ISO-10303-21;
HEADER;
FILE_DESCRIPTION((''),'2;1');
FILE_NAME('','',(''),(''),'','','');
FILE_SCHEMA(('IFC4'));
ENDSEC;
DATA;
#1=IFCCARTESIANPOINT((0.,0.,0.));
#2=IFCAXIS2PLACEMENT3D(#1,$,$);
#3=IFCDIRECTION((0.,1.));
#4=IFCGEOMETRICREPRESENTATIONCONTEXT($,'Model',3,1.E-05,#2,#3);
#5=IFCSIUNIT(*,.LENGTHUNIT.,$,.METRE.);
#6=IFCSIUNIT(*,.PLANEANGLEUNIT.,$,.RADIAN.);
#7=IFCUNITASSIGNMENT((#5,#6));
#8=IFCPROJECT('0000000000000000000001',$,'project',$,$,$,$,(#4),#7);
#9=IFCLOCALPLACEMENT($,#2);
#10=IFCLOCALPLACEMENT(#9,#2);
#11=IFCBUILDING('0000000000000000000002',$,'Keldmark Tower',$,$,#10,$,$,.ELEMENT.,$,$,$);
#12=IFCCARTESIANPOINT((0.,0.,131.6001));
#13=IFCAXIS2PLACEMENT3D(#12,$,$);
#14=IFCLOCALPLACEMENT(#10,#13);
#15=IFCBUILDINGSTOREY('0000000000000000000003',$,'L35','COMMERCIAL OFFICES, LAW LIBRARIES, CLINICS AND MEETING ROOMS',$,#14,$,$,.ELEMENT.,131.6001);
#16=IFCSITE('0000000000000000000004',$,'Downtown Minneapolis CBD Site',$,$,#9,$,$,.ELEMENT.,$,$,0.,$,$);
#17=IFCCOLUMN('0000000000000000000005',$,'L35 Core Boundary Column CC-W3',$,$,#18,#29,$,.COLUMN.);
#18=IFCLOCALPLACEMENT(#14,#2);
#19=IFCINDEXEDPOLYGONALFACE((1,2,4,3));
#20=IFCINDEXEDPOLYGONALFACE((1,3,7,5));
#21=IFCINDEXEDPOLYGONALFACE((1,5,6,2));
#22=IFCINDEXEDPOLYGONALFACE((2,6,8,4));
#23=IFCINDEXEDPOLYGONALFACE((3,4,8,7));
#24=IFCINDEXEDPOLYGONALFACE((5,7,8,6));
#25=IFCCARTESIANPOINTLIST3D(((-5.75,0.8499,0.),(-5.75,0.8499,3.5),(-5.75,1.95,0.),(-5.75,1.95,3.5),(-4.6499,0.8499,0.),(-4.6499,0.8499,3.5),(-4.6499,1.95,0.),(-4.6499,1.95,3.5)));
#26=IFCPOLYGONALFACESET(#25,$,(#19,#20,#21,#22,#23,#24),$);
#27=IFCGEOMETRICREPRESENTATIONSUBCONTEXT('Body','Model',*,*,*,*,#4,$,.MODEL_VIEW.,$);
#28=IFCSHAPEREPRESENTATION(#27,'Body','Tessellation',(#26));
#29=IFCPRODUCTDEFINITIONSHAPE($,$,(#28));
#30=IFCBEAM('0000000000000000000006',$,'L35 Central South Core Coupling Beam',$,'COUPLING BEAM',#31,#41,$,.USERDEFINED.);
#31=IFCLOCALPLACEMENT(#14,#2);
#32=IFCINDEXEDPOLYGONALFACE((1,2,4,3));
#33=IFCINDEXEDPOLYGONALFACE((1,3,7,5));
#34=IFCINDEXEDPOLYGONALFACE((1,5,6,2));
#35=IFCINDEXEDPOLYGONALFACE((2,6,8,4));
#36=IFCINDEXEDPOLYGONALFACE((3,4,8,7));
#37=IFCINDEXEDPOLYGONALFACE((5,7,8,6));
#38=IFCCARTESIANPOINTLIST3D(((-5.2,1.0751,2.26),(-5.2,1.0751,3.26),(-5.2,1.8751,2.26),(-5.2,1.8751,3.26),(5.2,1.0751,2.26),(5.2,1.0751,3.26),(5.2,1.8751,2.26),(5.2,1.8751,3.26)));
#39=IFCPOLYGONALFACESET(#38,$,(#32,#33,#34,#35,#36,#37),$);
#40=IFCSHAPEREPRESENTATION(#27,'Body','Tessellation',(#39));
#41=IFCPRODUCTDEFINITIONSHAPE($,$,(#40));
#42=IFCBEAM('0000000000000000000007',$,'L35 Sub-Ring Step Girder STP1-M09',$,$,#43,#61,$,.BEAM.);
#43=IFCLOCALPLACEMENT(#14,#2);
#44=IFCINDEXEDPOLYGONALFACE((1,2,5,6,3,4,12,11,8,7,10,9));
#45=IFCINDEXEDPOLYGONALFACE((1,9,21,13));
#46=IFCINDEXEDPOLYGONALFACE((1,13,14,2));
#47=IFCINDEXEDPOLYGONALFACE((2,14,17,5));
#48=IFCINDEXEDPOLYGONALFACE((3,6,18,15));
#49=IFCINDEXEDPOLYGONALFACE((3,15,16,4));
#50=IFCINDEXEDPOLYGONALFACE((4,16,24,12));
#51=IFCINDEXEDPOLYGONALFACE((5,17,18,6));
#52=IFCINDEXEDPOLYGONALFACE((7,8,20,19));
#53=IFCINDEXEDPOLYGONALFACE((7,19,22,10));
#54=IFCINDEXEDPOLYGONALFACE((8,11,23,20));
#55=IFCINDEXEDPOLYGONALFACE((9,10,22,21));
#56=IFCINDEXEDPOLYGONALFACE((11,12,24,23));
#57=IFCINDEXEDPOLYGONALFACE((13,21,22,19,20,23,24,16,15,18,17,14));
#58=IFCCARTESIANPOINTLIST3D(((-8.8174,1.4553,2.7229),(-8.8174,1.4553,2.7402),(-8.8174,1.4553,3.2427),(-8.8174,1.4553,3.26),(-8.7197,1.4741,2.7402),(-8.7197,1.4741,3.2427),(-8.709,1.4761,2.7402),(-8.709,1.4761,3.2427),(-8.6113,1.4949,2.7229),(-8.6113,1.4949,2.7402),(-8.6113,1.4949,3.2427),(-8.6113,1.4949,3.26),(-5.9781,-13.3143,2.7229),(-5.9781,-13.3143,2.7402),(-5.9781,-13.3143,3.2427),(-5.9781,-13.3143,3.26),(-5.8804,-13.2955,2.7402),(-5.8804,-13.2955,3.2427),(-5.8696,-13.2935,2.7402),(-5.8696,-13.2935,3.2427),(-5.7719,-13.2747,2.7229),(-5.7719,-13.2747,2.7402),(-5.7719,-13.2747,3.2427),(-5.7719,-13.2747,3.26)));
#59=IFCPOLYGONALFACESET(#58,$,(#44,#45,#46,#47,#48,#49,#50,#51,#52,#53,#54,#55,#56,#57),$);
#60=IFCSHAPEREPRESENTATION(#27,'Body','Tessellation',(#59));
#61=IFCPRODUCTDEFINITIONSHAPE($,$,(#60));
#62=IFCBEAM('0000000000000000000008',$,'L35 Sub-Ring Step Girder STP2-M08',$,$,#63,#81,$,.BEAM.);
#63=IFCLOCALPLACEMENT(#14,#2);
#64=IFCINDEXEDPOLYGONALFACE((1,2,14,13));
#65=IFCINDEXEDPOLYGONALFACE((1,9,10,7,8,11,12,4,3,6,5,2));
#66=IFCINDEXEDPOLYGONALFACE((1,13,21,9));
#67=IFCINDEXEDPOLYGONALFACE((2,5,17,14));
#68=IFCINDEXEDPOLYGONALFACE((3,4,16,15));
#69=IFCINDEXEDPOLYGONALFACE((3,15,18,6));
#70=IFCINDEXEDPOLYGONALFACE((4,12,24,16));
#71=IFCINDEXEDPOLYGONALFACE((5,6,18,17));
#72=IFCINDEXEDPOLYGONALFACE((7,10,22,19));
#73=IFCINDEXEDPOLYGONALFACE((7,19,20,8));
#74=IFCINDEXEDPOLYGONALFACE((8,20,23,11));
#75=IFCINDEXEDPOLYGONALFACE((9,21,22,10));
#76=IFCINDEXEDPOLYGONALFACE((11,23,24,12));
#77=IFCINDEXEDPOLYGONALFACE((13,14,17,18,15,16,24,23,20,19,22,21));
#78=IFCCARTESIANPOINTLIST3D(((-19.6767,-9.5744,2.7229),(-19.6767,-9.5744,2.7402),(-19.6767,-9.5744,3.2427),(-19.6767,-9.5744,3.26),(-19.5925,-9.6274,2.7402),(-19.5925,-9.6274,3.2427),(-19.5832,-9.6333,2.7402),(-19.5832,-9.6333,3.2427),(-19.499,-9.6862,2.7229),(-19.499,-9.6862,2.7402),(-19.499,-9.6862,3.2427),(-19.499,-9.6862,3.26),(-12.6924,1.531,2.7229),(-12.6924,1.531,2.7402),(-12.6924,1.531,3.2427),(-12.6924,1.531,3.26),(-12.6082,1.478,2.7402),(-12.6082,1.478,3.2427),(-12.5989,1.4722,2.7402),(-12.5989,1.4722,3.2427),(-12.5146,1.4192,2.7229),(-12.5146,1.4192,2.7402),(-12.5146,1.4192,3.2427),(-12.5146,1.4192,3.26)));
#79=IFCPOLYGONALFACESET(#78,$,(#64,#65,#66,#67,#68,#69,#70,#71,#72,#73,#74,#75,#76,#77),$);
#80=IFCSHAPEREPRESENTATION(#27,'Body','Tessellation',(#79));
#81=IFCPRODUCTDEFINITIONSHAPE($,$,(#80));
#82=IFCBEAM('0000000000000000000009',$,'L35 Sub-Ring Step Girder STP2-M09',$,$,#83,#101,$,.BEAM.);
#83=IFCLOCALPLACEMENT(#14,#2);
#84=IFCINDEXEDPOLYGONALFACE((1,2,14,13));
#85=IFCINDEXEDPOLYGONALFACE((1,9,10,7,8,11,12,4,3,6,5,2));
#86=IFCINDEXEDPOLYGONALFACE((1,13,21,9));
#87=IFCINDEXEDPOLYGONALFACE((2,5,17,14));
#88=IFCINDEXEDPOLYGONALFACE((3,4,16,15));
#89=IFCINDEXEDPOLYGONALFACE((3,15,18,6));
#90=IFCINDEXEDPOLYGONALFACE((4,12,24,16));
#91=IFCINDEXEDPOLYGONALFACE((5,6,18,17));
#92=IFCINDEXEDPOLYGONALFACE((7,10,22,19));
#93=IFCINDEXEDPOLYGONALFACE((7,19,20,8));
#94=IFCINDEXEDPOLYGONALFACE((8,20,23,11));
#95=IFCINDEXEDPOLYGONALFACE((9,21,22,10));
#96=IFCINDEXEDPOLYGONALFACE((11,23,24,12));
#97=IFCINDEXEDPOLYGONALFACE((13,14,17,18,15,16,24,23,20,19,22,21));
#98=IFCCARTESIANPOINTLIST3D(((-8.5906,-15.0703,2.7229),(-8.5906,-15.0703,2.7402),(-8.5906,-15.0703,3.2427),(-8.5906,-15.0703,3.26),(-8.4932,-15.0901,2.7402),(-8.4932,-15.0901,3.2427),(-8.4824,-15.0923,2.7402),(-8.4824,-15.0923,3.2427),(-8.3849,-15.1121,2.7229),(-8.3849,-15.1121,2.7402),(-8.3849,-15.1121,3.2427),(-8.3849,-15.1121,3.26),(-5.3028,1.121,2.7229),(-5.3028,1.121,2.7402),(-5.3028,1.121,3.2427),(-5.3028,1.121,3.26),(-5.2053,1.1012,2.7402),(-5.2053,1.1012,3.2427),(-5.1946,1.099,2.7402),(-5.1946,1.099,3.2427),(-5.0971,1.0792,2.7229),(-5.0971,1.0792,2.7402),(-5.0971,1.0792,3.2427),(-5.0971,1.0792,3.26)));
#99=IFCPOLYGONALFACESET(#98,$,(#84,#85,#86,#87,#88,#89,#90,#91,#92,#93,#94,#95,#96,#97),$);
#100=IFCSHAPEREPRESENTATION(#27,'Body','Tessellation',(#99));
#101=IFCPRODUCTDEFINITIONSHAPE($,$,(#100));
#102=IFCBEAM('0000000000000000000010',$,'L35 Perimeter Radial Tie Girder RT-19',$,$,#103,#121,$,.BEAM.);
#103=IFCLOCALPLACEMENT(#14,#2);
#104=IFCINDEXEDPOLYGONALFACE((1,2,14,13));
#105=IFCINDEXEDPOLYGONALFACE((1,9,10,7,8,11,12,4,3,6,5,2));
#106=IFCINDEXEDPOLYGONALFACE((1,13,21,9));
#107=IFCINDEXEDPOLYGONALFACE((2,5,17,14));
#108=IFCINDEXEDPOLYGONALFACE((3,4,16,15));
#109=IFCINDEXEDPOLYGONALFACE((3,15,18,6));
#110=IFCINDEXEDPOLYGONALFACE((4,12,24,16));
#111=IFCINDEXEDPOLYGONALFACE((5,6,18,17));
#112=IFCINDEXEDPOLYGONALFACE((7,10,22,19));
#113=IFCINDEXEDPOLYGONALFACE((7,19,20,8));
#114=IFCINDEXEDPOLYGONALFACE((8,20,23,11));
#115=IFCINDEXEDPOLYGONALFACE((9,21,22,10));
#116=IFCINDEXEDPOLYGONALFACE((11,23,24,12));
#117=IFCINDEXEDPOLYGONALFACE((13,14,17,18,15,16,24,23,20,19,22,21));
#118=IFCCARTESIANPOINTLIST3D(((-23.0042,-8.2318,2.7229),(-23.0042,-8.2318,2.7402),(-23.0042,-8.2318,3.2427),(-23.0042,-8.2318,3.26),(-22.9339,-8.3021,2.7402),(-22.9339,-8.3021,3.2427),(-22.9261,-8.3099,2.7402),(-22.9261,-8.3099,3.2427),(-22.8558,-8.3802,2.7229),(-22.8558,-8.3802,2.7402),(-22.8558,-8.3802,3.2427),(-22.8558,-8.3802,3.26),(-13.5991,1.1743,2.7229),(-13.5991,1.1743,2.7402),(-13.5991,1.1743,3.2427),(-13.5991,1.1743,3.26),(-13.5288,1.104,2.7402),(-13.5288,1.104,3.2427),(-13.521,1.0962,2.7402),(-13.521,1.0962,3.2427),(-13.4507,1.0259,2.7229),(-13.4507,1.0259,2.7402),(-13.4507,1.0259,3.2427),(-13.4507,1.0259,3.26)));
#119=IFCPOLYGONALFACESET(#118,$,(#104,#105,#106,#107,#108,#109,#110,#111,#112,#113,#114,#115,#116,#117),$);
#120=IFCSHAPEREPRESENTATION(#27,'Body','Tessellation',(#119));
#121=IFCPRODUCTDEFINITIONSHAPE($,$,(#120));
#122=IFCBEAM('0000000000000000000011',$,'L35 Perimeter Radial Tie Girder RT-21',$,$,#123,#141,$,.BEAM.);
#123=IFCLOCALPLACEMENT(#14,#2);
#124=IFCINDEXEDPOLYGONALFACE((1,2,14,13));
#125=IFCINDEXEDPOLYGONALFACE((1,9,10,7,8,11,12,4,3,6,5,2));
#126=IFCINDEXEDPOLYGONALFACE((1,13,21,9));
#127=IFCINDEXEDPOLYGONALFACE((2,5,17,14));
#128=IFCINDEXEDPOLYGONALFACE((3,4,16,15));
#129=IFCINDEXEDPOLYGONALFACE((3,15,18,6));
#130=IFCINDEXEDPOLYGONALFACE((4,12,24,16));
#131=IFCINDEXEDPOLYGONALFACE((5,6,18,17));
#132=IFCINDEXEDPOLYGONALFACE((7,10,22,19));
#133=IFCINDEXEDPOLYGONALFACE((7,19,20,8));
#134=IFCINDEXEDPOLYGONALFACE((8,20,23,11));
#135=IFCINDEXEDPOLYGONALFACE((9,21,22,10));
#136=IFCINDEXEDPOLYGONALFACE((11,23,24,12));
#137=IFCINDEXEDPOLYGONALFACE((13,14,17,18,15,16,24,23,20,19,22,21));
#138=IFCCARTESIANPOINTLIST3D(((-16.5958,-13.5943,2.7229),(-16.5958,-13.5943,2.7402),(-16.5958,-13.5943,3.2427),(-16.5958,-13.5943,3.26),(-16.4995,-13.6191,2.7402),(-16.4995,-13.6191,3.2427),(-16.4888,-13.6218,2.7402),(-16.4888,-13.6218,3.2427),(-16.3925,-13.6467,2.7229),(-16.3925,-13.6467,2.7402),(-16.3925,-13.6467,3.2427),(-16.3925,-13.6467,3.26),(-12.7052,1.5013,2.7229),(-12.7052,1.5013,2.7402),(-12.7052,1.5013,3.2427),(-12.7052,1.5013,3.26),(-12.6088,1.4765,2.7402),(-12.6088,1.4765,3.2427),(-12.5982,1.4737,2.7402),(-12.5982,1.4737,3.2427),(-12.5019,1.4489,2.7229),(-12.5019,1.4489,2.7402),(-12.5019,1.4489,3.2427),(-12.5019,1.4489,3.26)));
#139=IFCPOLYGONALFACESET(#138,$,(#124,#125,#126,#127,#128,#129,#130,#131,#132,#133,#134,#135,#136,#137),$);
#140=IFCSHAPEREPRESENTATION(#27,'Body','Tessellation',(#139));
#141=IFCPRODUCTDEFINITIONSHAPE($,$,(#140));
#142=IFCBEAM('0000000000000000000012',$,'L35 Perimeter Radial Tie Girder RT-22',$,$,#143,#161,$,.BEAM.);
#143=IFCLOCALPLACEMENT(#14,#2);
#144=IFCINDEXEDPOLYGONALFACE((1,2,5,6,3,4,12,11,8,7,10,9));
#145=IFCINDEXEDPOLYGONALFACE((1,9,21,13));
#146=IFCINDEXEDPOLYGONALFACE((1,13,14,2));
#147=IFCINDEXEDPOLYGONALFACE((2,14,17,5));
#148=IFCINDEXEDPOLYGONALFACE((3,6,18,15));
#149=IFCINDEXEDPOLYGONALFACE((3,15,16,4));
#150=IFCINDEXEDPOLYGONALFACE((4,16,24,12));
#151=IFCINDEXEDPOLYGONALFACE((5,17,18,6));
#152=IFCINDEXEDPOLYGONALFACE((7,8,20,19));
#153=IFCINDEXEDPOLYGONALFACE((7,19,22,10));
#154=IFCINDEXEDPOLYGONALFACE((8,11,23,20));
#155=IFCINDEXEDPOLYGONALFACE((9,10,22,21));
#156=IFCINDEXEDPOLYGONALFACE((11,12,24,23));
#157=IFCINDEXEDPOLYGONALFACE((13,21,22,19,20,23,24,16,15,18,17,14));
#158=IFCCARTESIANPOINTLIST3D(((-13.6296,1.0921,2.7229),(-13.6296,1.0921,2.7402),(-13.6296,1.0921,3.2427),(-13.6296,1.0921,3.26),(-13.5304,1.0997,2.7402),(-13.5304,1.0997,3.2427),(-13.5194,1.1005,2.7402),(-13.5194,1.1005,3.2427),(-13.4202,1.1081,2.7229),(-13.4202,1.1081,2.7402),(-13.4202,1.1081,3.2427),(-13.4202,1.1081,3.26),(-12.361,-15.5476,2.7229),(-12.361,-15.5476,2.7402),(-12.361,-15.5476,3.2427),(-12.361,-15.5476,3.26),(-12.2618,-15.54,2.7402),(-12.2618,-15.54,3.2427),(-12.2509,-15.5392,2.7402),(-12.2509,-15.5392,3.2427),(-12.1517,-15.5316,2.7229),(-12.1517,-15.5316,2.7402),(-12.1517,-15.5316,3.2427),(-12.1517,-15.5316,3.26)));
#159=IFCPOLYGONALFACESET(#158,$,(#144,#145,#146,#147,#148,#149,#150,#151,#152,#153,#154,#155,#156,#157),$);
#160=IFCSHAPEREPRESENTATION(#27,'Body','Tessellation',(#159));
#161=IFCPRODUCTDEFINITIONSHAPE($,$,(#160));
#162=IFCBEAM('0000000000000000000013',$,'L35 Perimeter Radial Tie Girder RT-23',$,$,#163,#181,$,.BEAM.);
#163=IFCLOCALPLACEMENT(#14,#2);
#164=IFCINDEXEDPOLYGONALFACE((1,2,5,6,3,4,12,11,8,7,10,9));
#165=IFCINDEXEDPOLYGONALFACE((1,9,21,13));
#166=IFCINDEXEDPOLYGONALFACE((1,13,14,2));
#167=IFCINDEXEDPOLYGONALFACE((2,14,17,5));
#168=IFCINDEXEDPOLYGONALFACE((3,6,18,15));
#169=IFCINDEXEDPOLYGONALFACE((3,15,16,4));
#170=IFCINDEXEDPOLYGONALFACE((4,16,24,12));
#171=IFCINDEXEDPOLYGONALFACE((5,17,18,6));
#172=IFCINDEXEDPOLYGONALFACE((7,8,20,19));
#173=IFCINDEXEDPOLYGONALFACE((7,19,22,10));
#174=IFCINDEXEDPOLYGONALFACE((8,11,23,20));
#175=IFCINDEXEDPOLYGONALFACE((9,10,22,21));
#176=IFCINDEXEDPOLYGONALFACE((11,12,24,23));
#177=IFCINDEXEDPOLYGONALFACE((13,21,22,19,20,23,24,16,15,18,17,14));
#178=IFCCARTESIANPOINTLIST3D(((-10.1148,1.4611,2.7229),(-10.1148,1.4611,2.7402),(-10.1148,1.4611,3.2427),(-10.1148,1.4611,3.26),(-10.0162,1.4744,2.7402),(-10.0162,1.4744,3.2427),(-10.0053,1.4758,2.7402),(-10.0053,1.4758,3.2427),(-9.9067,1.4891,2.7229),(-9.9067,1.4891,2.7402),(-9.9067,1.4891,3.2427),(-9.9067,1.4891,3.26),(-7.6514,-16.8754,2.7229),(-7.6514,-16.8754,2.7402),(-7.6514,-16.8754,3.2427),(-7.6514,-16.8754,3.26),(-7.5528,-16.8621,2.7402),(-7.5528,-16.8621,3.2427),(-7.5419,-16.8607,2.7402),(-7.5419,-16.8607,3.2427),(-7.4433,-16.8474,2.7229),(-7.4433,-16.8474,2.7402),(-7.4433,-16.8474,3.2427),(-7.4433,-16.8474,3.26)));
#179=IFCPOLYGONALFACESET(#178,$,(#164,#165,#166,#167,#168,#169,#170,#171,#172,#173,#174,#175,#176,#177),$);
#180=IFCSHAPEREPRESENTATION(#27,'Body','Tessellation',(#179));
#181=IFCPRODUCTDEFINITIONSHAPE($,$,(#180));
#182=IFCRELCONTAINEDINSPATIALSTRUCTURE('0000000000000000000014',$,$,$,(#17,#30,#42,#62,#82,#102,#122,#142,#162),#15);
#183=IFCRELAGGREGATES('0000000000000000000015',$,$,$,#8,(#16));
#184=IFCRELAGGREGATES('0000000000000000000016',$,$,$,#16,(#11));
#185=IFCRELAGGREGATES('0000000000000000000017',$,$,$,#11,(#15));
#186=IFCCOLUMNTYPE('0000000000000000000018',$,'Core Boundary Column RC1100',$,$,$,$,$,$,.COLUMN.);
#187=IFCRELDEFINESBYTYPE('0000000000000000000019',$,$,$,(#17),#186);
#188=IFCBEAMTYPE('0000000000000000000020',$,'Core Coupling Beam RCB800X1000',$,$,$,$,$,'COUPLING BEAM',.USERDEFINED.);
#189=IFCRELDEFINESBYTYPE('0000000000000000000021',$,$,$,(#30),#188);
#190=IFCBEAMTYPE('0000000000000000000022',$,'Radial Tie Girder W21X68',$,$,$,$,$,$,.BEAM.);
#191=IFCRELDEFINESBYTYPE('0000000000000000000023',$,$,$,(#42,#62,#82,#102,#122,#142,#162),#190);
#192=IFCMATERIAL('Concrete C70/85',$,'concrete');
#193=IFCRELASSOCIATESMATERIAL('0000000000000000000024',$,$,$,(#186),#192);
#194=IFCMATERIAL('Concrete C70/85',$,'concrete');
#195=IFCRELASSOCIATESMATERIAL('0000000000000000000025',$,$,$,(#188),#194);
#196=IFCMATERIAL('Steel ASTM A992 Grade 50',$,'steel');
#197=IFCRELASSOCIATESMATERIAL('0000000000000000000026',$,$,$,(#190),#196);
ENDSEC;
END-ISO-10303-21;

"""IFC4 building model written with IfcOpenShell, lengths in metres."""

from ifc_helpers import new_model, si_unit, direction, frame, origin, origin_2d, place, context, subcontext, project, spatial, rectangle, i_section, extrude, material, material_profile, profile_set, type_object, element, save


model = new_model("IFC4")

# Units and contexts
model_context = context("Model", 3, precision=1e-05, world=origin(), true_north=direction((0.0, 1.0)))
body_context = subcontext(model_context, "Body", "Model", "MODEL_VIEW")
ifc_project = project(units=[si_unit("LENGTHUNIT", "METRE"), si_unit("PLANEANGLEUNIT", "RADIAN")], contexts=[model_context])

# Site, building, storey
site_placement = place(None, origin())
site = spatial("IfcSite", under=ifc_project, at=site_placement, Name="Downtown Minneapolis CBD Site", CompositionType="ELEMENT", RefElevation=0.0)
building_placement = place(site_placement, origin())
building = spatial("IfcBuilding", under=site, at=building_placement, Name="Keldmark Tower", CompositionType="ELEMENT")
storey_placement = place(building_placement, frame((0.0, 0.0, 131.6001)))
storey = spatial("IfcBuildingStorey", under=building, at=storey_placement, Name="L35", Description="COMMERCIAL OFFICES, LAW LIBRARIES, CLINICS AND MEETING ROOMS", CompositionType="ELEMENT", Elevation=131.6001)

# Column
ifc_material_1 = material(Name="Concrete C70/85", Category="concrete")
ifc_material_profile_1 = material_profile(ifc_material_1, rectangle(XDim=1.1001, YDim=1.1001, at=origin_2d()), Name="RC1100X1100")
ifc_profile_set_1 = profile_set([ifc_material_profile_1], Name="Concrete C70/85")
column_type = type_object("IfcColumnType", Name="Core Boundary Column RC1100", PredefinedType="COLUMN", material=ifc_profile_set_1)
column_placement = place(storey_placement, frame((-5.2, 1.3999, 0.0), z_axis=(0.0, 0.0, 1.0), x_axis=(1.0, 0.0, 0.0)))
element("IfcColumn", 1, at=column_placement, inside=storey, type_object=column_type, Name="L35 Core Boundary Column CC-W3", PredefinedType="COLUMN", context=body_context, shape_type="SweptSolid", body=[
    extrude(rectangle(XDim=1.1001, YDim=1.1001, at=origin_2d()), origin(), (0.0, 0.0, 1.0), 3.5),
])

# Beams
ifc_material_2 = material(Name="Concrete C70/85", Category="concrete")
ifc_material_profile_2 = material_profile(ifc_material_2, rectangle(XDim=0.8, YDim=1.0, at=origin_2d()), Name="RCB800X1000")
ifc_profile_set_2 = profile_set([ifc_material_profile_2], Name="Concrete C70/85")
beam_type_1 = type_object("IfcBeamType", Name="Core Coupling Beam RCB800X1000", ElementType="COUPLING BEAM", PredefinedType="USERDEFINED", material=ifc_profile_set_2)
beam_1_placement = place(storey_placement, frame((-5.2, 1.4751, 2.76), z_axis=(1.0, 0.0, 0.0), x_axis=(0.0, 1.0, 0.0)))
element("IfcBeam", 2, at=beam_1_placement, inside=storey, type_object=beam_type_1, Name="L35 Central South Core Coupling Beam", ObjectType="COUPLING BEAM", PredefinedType="USERDEFINED", context=body_context, shape_type="SweptSolid", body=[
    extrude(rectangle(XDim=0.8, YDim=1.0, at=origin_2d()), origin(), (0.0, 0.0, 1.0), 10.3999),
])
ifc_material_3 = material(Name="Steel ASTM A992 Grade 50", Category="steel")
ifc_material_profile_3 = material_profile(ifc_material_3, i_section(OverallWidth=0.21, OverallDepth=0.5371, WebThickness=0.011, FlangeThickness=0.0173, at=origin_2d()), Name="W21X68")
ifc_profile_set_3 = profile_set([ifc_material_profile_3], Name="Steel ASTM A992 Grade 50")
beam_type_2 = type_object("IfcBeamType", Name="Radial Tie Girder W21X68", PredefinedType="BEAM", material=ifc_profile_set_3)
beam_2_placement = place(storey_placement, frame((-8.7144, 1.4751, 2.9915), z_axis=(0.188787, -0.982018, 0.0), x_axis=(0.982018, 0.188787, 0.0)))
element("IfcBeam", 3, at=beam_2_placement, inside=storey, type_object=beam_type_2, Name="L35 Sub-Ring Step Girder STP1-M09", PredefinedType="BEAM", context=body_context, shape_type="SweptSolid", body=[
    extrude(i_section(OverallWidth=0.21, OverallDepth=0.5371, WebThickness=0.011, FlangeThickness=0.0173, at=origin_2d()), origin(), (0.0, 0.0, 1.0), 15.04),
])
beam_3_placement = place(storey_placement, frame((-12.6035, 1.4751, 2.9915), z_axis=(-0.532379, -0.846506, 0.0), x_axis=(0.846506, -0.532379, 0.0)))
element("IfcBeam", 4, at=beam_3_placement, inside=storey, type_object=beam_type_2, Name="L35 Sub-Ring Step Girder STP2-M08", PredefinedType="BEAM", context=body_context, shape_type="SweptSolid", body=[
    extrude(i_section(OverallWidth=0.21, OverallDepth=0.5371, WebThickness=0.011, FlangeThickness=0.0173, at=origin_2d()), origin(), (0.0, 0.0, 1.0), 13.1191),
])
beam_4_placement = place(storey_placement, frame((-5.2, 1.1001, 2.9915), z_axis=(-0.199, -0.98, 0.0), x_axis=(0.98, -0.199, 0.0)))
element("IfcBeam", 5, at=beam_4_placement, inside=storey, type_object=beam_type_2, Name="L35 Sub-Ring Step Girder STP2-M09", PredefinedType="BEAM", context=body_context, shape_type="SweptSolid", body=[
    extrude(i_section(OverallWidth=0.21, OverallDepth=0.5371, WebThickness=0.011, FlangeThickness=0.0173, at=origin_2d()), origin(), (0.0, 0.0, 1.0), 16.5217),
])
beam_5_placement = place(storey_placement, frame((-13.5249, 1.1001, 2.9915), z_axis=(-0.70707, -0.707143, 0.0), x_axis=(0.707143, -0.70707, 0.0)))
element("IfcBeam", 6, at=beam_5_placement, inside=storey, type_object=beam_type_2, Name="L35 Perimeter Radial Tie Girder RT-19", PredefinedType="BEAM", context=body_context, shape_type="SweptSolid", body=[
    extrude(i_section(OverallWidth=0.21, OverallDepth=0.5371, WebThickness=0.011, FlangeThickness=0.0173, at=origin_2d()), origin(), (0.0, 0.0, 1.0), 13.3015),
])
beam_6_placement = place(storey_placement, frame((-12.6035, 1.4751, 2.9915), z_axis=(-0.249579, -0.968355, 0.0), x_axis=(0.968355, -0.249579, 0.0)))
element("IfcBeam", 7, at=beam_6_placement, inside=storey, type_object=beam_type_2, Name="L35 Perimeter Radial Tie Girder RT-21", PredefinedType="BEAM", context=body_context, shape_type="SweptSolid", body=[
    extrude(i_section(OverallWidth=0.21, OverallDepth=0.5371, WebThickness=0.011, FlangeThickness=0.0173, at=origin_2d()), origin(), (0.0, 0.0, 1.0), 15.5889),
])
beam_7_placement = place(storey_placement, frame((-13.5249, 1.1001, 2.9915), z_axis=(0.076016, -0.997107, 0.0), x_axis=(0.997107, 0.076016, 0.0)))
element("IfcBeam", 8, at=beam_7_placement, inside=storey, type_object=beam_type_2, Name="L35 Perimeter Radial Tie Girder RT-22", PredefinedType="BEAM", context=body_context, shape_type="SweptSolid", body=[
    extrude(i_section(OverallWidth=0.21, OverallDepth=0.5371, WebThickness=0.011, FlangeThickness=0.0173, at=origin_2d()), origin(), (0.0, 0.0, 1.0), 16.688),
])
beam_8_placement = place(storey_placement, frame((-10.0107, 1.4751, 2.9915), z_axis=(0.133147, -0.991096, 0.0), x_axis=(0.991096, 0.133147, 0.0)))
element("IfcBeam", 9, at=beam_8_placement, inside=storey, type_object=beam_type_2, Name="L35 Perimeter Radial Tie Girder RT-23", PredefinedType="BEAM", context=body_context, shape_type="SweptSolid", body=[
    extrude(i_section(OverallWidth=0.21, OverallDepth=0.5371, WebThickness=0.011, FlangeThickness=0.0173, at=origin_2d()), origin(), (0.0, 0.0, 1.0), 18.5012),
])

save(model, "model.ifc")
